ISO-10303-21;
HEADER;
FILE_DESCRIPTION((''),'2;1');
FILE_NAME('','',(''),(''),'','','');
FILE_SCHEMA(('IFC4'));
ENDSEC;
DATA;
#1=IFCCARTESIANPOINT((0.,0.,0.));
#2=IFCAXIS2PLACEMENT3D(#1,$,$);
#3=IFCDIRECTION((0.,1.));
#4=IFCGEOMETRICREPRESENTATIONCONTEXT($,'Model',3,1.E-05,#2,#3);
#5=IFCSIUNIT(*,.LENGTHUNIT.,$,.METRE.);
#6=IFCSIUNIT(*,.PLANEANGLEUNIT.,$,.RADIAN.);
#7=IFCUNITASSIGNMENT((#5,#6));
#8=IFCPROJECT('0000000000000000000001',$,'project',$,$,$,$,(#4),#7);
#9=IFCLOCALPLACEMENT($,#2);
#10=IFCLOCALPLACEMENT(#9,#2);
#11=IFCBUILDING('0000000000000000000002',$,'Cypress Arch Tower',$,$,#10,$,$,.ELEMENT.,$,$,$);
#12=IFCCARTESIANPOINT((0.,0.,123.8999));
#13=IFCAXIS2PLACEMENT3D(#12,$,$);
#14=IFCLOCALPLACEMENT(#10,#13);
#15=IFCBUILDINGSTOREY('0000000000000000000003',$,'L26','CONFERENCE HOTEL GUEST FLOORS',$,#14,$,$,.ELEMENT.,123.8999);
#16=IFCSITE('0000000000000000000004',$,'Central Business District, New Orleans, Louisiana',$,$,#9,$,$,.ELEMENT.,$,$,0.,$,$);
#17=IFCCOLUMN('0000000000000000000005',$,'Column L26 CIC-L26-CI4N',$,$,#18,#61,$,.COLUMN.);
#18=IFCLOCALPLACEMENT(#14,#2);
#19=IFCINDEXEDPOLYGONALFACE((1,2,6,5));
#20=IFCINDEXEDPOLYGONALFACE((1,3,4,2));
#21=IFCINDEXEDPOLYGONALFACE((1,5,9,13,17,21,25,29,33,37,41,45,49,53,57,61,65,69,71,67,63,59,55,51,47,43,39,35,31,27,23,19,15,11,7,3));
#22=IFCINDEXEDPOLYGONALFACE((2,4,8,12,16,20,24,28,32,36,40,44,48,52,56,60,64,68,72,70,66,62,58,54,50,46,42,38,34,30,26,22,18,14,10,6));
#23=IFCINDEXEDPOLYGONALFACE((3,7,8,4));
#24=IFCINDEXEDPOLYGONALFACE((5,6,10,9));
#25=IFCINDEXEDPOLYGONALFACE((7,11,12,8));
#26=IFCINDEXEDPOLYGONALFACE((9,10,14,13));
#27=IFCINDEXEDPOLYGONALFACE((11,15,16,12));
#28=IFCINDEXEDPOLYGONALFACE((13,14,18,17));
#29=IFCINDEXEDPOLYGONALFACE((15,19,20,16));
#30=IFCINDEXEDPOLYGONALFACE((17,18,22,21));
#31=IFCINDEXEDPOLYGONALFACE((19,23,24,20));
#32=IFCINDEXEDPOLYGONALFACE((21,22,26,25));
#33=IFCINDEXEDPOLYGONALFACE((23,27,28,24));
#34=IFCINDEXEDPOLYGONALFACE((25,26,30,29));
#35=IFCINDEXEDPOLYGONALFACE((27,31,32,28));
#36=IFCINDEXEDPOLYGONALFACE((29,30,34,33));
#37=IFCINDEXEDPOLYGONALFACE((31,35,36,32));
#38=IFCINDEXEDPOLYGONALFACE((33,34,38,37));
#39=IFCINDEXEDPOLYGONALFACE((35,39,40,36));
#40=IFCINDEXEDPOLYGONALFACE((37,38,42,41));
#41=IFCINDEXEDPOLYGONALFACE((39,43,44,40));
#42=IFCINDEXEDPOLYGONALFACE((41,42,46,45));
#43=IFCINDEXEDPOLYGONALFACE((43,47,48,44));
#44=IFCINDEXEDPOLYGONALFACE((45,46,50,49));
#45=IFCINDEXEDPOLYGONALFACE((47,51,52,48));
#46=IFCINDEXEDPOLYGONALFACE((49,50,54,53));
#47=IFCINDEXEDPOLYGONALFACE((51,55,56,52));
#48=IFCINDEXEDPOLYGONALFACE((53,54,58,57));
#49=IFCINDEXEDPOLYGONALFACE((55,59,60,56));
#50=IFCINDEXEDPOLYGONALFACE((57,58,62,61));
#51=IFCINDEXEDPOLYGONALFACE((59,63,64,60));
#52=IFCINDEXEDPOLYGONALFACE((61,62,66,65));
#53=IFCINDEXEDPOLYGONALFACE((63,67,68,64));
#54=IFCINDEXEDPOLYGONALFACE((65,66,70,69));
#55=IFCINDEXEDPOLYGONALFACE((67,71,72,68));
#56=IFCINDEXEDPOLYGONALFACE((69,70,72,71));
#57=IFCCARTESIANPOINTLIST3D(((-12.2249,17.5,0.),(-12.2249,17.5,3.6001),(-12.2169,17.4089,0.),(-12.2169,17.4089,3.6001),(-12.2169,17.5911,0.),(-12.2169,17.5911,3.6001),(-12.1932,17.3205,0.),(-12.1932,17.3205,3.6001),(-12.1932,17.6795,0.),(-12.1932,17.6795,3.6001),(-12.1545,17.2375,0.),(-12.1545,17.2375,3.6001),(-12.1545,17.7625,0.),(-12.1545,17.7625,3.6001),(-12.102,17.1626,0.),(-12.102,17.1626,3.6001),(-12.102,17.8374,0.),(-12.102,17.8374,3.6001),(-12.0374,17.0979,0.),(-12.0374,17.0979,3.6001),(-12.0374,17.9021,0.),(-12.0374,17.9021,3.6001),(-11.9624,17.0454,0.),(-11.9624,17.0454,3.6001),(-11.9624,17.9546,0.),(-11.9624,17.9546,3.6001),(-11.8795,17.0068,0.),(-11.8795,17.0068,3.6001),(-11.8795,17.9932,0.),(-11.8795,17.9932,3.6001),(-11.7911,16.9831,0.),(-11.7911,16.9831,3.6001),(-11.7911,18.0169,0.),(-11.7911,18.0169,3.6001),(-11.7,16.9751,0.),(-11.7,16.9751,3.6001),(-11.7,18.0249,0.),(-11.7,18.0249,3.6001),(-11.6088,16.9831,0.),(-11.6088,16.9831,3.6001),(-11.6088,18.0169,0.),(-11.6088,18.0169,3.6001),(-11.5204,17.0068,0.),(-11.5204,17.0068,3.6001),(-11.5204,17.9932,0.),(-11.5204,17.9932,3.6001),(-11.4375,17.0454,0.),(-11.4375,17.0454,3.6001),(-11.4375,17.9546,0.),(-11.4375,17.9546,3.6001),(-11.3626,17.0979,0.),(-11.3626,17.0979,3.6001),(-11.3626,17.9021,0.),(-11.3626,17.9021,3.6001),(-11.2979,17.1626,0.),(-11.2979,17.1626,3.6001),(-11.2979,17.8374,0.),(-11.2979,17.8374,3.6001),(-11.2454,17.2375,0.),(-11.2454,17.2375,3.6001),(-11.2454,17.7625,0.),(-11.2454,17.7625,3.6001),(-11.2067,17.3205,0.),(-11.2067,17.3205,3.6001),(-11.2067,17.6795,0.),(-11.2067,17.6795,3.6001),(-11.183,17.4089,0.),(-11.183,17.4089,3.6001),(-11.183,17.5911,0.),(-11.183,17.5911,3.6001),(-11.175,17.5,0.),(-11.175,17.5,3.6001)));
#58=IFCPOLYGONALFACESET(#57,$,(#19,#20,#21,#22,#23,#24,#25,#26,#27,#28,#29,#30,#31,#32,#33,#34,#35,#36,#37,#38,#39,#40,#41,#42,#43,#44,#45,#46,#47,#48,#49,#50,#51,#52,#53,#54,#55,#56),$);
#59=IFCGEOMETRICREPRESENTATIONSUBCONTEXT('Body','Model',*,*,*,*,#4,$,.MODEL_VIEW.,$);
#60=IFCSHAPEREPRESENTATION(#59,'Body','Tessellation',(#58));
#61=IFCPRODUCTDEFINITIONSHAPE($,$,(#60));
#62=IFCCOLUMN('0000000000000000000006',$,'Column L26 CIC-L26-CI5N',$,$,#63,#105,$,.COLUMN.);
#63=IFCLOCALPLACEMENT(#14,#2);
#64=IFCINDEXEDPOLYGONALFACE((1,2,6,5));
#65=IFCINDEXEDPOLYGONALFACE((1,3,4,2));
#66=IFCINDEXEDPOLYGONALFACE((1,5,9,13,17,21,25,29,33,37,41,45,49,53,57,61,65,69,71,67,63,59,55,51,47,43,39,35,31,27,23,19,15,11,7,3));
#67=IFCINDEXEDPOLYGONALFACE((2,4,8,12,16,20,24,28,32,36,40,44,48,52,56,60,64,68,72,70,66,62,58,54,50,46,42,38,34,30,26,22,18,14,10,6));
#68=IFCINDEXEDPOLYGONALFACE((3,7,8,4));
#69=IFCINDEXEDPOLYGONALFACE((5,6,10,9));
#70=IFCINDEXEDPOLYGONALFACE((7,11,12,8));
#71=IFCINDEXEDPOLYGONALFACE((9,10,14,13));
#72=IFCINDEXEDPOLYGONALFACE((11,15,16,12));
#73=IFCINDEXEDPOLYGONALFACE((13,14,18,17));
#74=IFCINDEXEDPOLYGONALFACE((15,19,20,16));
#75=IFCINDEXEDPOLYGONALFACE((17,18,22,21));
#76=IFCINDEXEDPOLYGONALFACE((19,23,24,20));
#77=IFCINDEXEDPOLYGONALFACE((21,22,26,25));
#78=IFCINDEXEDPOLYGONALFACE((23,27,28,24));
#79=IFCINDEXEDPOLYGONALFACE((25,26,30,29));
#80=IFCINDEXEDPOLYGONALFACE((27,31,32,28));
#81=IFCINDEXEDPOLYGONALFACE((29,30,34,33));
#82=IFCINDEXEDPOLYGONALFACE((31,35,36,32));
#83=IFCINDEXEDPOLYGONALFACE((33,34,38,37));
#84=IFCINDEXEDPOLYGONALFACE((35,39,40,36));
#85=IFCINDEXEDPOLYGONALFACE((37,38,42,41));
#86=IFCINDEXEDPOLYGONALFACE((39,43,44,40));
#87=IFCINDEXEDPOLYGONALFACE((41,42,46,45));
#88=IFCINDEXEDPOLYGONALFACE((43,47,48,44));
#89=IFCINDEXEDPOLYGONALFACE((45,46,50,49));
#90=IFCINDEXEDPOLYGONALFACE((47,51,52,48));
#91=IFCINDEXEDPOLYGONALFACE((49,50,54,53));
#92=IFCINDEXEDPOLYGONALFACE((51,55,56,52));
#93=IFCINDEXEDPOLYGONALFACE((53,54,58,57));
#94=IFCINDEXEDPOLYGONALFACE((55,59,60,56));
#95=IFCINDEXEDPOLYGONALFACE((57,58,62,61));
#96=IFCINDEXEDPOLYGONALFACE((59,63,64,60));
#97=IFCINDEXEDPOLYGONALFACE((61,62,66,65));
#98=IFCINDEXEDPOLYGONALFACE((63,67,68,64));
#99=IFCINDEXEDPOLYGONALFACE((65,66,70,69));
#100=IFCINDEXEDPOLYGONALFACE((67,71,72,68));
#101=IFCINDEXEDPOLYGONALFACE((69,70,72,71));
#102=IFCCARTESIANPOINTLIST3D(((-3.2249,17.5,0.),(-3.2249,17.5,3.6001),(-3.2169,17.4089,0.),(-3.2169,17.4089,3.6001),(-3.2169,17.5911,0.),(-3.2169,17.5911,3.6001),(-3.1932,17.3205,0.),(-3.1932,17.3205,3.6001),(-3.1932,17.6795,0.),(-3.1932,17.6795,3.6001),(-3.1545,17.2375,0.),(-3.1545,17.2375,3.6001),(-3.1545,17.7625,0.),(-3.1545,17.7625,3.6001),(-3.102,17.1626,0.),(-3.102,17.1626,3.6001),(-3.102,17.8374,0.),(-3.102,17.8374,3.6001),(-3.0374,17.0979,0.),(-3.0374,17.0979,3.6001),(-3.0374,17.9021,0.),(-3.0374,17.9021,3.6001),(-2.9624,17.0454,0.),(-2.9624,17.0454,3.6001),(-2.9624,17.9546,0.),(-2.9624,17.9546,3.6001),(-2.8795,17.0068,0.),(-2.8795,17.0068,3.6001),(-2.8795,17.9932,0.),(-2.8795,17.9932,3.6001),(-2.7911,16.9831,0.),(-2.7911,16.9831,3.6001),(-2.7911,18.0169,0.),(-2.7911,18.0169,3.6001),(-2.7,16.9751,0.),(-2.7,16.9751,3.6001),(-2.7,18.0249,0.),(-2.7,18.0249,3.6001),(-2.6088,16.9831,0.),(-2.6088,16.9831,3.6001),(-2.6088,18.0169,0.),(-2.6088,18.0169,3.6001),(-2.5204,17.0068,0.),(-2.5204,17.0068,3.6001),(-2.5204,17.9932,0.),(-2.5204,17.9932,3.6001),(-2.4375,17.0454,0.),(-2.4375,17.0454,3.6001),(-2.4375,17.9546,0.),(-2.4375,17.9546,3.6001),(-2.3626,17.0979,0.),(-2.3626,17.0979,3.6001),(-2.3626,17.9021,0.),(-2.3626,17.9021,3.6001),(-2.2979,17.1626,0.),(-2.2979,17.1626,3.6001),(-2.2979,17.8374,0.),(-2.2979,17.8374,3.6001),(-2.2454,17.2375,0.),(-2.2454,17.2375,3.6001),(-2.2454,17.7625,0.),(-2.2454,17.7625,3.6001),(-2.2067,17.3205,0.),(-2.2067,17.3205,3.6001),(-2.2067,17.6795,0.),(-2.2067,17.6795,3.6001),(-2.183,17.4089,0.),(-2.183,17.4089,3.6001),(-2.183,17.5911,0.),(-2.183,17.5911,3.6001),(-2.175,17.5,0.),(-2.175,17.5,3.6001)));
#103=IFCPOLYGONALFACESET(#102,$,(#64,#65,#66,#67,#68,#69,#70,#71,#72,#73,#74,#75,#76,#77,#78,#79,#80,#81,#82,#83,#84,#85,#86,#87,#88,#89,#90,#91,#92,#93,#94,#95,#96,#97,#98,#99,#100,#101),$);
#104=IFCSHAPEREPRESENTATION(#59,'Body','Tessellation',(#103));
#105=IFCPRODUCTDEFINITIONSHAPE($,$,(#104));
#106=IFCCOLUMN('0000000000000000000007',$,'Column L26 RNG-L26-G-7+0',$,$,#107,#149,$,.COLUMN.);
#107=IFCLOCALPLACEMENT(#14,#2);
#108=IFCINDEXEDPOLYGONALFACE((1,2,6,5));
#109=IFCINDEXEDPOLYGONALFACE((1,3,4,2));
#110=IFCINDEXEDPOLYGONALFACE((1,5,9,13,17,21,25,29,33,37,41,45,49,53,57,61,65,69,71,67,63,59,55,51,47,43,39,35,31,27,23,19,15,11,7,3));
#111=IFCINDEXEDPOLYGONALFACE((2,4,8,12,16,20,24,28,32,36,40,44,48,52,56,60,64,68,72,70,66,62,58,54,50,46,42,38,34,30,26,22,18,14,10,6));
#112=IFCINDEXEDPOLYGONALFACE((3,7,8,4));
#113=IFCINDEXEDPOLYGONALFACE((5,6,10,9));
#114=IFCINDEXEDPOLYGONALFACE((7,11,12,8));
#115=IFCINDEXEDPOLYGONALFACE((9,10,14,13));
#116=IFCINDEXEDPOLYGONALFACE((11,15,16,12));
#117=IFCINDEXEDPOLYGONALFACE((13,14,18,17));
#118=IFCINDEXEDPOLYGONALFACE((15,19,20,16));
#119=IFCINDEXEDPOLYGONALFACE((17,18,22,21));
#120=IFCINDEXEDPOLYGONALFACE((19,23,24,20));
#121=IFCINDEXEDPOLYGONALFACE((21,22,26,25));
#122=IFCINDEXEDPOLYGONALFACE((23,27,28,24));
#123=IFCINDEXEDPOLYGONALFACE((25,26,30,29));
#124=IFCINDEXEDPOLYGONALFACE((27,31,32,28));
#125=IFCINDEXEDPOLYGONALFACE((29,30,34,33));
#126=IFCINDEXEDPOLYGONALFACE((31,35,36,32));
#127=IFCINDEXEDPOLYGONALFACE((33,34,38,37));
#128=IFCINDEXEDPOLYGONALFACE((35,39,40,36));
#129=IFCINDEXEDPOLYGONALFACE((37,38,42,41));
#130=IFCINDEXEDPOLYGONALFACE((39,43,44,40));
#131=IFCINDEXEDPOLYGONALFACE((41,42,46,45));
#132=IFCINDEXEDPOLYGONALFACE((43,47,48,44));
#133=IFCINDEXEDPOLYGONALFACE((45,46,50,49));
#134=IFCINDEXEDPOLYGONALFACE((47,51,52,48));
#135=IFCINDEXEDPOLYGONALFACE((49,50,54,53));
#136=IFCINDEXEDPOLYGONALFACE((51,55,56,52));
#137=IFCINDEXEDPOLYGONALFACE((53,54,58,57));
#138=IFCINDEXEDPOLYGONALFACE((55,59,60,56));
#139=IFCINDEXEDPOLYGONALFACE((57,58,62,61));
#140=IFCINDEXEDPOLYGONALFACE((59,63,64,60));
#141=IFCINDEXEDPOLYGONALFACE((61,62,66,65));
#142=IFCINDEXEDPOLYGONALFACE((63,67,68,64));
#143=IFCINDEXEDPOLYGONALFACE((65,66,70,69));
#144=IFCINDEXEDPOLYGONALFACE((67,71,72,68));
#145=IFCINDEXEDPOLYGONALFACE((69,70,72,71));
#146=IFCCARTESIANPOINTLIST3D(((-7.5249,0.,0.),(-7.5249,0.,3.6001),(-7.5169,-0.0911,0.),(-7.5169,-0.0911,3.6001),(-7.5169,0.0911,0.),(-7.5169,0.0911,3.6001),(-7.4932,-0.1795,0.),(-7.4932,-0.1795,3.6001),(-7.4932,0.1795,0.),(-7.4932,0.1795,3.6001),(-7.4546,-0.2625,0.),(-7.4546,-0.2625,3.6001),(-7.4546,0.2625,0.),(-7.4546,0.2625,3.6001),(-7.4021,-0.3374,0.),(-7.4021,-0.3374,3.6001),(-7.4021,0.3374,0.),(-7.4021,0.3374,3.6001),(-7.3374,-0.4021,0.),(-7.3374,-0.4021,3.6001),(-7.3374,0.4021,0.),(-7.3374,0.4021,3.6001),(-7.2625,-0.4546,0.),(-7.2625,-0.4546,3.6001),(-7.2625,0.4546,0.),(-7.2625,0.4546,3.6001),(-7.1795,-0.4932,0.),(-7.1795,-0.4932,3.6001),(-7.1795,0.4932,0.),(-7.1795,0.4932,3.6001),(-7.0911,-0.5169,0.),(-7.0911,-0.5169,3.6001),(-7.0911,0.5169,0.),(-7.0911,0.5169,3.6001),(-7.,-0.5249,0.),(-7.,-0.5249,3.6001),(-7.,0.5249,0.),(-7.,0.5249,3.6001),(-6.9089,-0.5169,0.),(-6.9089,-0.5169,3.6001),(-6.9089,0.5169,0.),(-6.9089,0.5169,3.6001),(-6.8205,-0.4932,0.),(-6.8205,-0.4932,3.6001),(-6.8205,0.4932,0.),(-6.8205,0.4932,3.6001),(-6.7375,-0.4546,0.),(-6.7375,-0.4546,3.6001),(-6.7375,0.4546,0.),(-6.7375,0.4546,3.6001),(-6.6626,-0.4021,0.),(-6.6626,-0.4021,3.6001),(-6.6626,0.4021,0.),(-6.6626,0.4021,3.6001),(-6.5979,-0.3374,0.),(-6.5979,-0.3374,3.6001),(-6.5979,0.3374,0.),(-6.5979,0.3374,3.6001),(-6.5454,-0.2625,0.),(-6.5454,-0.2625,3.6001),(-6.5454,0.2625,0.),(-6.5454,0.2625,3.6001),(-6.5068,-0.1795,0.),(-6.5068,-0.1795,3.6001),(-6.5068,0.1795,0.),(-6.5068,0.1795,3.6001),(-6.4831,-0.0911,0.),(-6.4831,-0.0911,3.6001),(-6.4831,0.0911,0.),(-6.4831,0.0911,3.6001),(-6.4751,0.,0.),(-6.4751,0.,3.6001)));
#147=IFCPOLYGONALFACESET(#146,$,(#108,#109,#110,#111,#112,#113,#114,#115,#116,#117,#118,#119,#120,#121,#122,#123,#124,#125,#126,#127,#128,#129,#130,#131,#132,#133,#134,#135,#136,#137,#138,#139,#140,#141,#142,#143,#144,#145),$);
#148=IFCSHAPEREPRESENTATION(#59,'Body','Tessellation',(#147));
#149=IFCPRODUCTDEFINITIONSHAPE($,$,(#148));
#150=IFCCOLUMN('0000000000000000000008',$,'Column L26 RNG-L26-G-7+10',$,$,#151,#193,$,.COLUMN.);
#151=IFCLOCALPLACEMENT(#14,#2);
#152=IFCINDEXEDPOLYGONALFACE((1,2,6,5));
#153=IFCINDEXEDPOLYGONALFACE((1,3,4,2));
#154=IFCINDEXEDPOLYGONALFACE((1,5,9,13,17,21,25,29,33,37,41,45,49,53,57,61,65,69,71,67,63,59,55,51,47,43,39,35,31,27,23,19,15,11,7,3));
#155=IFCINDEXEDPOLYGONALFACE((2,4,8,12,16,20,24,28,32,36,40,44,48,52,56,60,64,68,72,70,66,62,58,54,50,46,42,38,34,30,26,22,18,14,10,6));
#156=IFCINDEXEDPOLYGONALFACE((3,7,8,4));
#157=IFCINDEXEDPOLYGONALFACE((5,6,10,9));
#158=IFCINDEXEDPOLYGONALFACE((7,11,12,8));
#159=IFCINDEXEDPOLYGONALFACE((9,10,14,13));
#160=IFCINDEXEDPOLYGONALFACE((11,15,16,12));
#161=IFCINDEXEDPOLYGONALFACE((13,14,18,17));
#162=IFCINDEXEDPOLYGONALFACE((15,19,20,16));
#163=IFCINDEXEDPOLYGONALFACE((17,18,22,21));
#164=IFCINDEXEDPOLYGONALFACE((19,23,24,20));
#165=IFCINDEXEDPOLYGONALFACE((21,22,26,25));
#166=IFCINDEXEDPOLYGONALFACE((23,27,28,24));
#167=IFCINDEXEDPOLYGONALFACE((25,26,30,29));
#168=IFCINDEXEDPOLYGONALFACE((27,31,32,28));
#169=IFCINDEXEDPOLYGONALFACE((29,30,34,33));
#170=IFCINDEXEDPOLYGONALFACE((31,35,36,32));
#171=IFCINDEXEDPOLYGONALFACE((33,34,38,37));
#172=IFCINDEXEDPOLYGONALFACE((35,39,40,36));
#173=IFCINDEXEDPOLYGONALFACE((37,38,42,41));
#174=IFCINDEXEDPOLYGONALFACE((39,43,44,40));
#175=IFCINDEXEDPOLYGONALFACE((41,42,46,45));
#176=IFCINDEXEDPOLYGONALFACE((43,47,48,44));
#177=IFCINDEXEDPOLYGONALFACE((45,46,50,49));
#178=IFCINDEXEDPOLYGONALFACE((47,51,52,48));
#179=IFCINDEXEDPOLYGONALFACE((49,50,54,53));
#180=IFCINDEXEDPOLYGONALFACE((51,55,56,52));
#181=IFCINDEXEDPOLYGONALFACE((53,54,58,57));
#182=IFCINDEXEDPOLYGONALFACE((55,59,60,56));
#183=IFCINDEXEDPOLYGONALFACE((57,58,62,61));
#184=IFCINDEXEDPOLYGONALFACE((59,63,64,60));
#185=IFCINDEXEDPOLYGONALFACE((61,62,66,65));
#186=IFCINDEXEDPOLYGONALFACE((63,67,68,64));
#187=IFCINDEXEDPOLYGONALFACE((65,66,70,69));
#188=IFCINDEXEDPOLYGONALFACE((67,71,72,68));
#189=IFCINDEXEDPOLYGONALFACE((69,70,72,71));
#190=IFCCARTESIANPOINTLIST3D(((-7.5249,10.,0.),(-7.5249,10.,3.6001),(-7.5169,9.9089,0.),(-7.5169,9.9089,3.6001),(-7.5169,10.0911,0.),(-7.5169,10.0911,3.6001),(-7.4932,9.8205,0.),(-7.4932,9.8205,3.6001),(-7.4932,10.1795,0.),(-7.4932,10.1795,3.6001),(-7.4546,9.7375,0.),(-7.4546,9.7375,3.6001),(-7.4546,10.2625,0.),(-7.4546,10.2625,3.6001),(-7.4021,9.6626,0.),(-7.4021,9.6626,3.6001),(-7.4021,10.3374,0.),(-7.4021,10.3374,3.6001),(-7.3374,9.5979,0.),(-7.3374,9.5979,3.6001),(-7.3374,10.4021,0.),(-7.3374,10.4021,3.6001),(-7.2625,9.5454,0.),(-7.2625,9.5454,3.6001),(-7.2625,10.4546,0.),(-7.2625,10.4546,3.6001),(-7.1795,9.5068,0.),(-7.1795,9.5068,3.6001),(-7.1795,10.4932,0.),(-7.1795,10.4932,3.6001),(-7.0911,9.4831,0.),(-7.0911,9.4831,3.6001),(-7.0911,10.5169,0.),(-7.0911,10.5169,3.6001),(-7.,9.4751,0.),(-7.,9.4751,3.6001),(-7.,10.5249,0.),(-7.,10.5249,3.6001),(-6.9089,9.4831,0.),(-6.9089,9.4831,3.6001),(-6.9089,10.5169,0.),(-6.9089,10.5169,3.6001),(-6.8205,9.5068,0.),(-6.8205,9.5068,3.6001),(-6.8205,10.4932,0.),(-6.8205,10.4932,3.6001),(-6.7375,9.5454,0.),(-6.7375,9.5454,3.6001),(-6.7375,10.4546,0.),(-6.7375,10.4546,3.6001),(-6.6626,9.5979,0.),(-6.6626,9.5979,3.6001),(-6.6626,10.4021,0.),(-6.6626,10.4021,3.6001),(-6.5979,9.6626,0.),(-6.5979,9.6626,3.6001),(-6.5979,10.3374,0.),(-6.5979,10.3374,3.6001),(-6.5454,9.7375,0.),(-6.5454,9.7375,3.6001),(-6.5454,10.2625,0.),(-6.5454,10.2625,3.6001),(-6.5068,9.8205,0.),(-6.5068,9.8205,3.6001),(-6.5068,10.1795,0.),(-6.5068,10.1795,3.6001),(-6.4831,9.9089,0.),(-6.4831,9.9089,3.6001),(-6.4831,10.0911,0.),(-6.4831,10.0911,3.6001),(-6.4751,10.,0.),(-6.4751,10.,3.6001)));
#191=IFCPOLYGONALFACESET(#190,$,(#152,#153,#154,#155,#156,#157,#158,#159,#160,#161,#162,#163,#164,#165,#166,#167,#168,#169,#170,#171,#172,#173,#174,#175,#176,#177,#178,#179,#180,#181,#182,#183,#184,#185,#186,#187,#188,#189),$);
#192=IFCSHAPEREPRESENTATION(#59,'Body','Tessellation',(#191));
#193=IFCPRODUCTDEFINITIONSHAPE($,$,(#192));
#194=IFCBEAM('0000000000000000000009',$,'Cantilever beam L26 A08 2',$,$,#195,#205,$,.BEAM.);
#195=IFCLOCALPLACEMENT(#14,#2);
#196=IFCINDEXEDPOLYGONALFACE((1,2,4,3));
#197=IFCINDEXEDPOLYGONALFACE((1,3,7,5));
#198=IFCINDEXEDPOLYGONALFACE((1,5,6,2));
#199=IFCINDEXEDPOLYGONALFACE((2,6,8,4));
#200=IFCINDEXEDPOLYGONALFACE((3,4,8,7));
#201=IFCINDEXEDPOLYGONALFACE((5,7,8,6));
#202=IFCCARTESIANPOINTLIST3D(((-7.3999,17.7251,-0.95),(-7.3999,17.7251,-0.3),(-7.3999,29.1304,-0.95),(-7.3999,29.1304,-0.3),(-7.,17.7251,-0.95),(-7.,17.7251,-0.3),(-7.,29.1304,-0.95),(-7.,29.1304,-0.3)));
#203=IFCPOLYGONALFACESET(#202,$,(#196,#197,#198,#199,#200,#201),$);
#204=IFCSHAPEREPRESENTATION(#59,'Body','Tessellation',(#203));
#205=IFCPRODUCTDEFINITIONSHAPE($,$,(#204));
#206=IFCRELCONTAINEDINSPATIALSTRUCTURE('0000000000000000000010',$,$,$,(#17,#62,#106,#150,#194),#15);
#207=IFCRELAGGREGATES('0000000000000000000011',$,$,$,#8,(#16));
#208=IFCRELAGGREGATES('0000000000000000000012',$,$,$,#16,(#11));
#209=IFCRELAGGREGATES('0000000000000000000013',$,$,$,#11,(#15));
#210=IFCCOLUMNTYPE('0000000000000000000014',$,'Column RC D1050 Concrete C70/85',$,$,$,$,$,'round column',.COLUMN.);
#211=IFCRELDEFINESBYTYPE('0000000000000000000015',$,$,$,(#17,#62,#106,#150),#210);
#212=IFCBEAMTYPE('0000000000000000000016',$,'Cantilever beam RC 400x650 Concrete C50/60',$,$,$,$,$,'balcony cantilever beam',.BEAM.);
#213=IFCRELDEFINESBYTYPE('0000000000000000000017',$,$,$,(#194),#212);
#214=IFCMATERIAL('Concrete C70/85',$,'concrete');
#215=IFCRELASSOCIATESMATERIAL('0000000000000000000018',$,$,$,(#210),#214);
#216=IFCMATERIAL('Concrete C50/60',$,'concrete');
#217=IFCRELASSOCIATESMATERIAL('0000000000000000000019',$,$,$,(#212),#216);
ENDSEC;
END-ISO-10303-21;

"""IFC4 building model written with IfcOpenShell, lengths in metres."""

from ifc_helpers import new_model, si_unit, direction, frame, origin, origin_2d, place, context, subcontext, project, spatial, rectangle, circle, extrude, material, material_profile, profile_set, type_object, element, save


model = new_model("IFC4")

# Units and contexts
model_context = context("Model", 3, precision=1e-05, world=origin(), true_north=direction((0.0, 1.0)))
body_context = subcontext(model_context, "Body", "Model", "MODEL_VIEW")
ifc_project = project(units=[si_unit("LENGTHUNIT", "METRE"), si_unit("PLANEANGLEUNIT", "RADIAN")], contexts=[model_context])

# Site, building, storey
site_placement = place(None, origin())
site = spatial("IfcSite", under=ifc_project, at=site_placement, Name="Central Business District, New Orleans, Louisiana", CompositionType="ELEMENT", RefElevation=0.0)
building_placement = place(site_placement, origin())
building = spatial("IfcBuilding", under=site, at=building_placement, Name="Cypress Arch Tower", CompositionType="ELEMENT")
storey_placement = place(building_placement, frame((0.0, 0.0, 123.8999)))
storey = spatial("IfcBuildingStorey", under=building, at=storey_placement, Name="L26", Description="CONFERENCE HOTEL GUEST FLOORS", CompositionType="ELEMENT", Elevation=123.8999)

# Columns
ifc_material_1 = material(Name="Concrete C70/85", Category="concrete")
ifc_material_profile_1 = material_profile(ifc_material_1, circle(Radius=0.5249, at=origin_2d()), Name="RC D1050")
ifc_profile_set_1 = profile_set([ifc_material_profile_1], Name="Concrete C70/85")
column_type = type_object("IfcColumnType", Name="Column RC D1050 Concrete C70/85", ElementType="round column", PredefinedType="COLUMN", material=ifc_profile_set_1)
for number, where, z_axis, x_axis, name in (
    (1, (-11.7, 17.5, 0.0), (0.0, 0.0, 1.0), (1.0, 0.0, 0.0), "Column L26 CIC-L26-CI4N"),
    (2, (-2.7, 17.5, 0.0), (0.0, 0.0, 1.0), (1.0, 0.0, 0.0), "Column L26 CIC-L26-CI5N"),
    (3, (-7.0, 0.0, 0.0), (0.0, 0.0, 1.0), (1.0, 0.0, 0.0), "Column L26 RNG-L26-G-7+0"),
    (4, (-7.0, 10.0, 0.0), (0.0, 0.0, 1.0), (1.0, 0.0, 0.0), "Column L26 RNG-L26-G-7+10"),
):
    element("IfcColumn", number, at=place(storey_placement, frame(where, z_axis=z_axis, x_axis=x_axis)), inside=storey, type_object=column_type, Name=name, PredefinedType="COLUMN", context=body_context, shape_type="SweptSolid", body=[
        extrude(circle(Radius=0.5249, at=origin_2d()), origin(), (0.0, 0.0, 1.0), 3.6001),
    ])

# Beam
ifc_material_2 = material(Name="Concrete C50/60", Category="concrete")
ifc_material_profile_2 = material_profile(ifc_material_2, rectangle(XDim=0.3999, YDim=0.6499, at=origin_2d()), Name="RC 400x650")
ifc_profile_set_2 = profile_set([ifc_material_profile_2], Name="Concrete C50/60")
beam_type_1 = type_object("IfcBeamType", Name="Cantilever beam RC 400x650 Concrete C50/60", ElementType="balcony cantilever beam", PredefinedType="BEAM", material=ifc_profile_set_2)
beam_1_placement = place(storey_placement, frame((-7.2, 17.7251, -0.625), z_axis=(0.0, 1.0, 0.0), x_axis=(-1.0, 0.0, 0.0)))
element("IfcBeam", 5, at=beam_1_placement, inside=storey, type_object=beam_type_1, Name="Cantilever beam L26 A08 2", PredefinedType="BEAM", context=body_context, shape_type="SweptSolid", body=[
    extrude(rectangle(XDim=0.3999, YDim=0.6499, at=origin_2d()), origin(), (0.0, 0.0, 1.0), 11.4053),
])

save(model, "model.ifc")
